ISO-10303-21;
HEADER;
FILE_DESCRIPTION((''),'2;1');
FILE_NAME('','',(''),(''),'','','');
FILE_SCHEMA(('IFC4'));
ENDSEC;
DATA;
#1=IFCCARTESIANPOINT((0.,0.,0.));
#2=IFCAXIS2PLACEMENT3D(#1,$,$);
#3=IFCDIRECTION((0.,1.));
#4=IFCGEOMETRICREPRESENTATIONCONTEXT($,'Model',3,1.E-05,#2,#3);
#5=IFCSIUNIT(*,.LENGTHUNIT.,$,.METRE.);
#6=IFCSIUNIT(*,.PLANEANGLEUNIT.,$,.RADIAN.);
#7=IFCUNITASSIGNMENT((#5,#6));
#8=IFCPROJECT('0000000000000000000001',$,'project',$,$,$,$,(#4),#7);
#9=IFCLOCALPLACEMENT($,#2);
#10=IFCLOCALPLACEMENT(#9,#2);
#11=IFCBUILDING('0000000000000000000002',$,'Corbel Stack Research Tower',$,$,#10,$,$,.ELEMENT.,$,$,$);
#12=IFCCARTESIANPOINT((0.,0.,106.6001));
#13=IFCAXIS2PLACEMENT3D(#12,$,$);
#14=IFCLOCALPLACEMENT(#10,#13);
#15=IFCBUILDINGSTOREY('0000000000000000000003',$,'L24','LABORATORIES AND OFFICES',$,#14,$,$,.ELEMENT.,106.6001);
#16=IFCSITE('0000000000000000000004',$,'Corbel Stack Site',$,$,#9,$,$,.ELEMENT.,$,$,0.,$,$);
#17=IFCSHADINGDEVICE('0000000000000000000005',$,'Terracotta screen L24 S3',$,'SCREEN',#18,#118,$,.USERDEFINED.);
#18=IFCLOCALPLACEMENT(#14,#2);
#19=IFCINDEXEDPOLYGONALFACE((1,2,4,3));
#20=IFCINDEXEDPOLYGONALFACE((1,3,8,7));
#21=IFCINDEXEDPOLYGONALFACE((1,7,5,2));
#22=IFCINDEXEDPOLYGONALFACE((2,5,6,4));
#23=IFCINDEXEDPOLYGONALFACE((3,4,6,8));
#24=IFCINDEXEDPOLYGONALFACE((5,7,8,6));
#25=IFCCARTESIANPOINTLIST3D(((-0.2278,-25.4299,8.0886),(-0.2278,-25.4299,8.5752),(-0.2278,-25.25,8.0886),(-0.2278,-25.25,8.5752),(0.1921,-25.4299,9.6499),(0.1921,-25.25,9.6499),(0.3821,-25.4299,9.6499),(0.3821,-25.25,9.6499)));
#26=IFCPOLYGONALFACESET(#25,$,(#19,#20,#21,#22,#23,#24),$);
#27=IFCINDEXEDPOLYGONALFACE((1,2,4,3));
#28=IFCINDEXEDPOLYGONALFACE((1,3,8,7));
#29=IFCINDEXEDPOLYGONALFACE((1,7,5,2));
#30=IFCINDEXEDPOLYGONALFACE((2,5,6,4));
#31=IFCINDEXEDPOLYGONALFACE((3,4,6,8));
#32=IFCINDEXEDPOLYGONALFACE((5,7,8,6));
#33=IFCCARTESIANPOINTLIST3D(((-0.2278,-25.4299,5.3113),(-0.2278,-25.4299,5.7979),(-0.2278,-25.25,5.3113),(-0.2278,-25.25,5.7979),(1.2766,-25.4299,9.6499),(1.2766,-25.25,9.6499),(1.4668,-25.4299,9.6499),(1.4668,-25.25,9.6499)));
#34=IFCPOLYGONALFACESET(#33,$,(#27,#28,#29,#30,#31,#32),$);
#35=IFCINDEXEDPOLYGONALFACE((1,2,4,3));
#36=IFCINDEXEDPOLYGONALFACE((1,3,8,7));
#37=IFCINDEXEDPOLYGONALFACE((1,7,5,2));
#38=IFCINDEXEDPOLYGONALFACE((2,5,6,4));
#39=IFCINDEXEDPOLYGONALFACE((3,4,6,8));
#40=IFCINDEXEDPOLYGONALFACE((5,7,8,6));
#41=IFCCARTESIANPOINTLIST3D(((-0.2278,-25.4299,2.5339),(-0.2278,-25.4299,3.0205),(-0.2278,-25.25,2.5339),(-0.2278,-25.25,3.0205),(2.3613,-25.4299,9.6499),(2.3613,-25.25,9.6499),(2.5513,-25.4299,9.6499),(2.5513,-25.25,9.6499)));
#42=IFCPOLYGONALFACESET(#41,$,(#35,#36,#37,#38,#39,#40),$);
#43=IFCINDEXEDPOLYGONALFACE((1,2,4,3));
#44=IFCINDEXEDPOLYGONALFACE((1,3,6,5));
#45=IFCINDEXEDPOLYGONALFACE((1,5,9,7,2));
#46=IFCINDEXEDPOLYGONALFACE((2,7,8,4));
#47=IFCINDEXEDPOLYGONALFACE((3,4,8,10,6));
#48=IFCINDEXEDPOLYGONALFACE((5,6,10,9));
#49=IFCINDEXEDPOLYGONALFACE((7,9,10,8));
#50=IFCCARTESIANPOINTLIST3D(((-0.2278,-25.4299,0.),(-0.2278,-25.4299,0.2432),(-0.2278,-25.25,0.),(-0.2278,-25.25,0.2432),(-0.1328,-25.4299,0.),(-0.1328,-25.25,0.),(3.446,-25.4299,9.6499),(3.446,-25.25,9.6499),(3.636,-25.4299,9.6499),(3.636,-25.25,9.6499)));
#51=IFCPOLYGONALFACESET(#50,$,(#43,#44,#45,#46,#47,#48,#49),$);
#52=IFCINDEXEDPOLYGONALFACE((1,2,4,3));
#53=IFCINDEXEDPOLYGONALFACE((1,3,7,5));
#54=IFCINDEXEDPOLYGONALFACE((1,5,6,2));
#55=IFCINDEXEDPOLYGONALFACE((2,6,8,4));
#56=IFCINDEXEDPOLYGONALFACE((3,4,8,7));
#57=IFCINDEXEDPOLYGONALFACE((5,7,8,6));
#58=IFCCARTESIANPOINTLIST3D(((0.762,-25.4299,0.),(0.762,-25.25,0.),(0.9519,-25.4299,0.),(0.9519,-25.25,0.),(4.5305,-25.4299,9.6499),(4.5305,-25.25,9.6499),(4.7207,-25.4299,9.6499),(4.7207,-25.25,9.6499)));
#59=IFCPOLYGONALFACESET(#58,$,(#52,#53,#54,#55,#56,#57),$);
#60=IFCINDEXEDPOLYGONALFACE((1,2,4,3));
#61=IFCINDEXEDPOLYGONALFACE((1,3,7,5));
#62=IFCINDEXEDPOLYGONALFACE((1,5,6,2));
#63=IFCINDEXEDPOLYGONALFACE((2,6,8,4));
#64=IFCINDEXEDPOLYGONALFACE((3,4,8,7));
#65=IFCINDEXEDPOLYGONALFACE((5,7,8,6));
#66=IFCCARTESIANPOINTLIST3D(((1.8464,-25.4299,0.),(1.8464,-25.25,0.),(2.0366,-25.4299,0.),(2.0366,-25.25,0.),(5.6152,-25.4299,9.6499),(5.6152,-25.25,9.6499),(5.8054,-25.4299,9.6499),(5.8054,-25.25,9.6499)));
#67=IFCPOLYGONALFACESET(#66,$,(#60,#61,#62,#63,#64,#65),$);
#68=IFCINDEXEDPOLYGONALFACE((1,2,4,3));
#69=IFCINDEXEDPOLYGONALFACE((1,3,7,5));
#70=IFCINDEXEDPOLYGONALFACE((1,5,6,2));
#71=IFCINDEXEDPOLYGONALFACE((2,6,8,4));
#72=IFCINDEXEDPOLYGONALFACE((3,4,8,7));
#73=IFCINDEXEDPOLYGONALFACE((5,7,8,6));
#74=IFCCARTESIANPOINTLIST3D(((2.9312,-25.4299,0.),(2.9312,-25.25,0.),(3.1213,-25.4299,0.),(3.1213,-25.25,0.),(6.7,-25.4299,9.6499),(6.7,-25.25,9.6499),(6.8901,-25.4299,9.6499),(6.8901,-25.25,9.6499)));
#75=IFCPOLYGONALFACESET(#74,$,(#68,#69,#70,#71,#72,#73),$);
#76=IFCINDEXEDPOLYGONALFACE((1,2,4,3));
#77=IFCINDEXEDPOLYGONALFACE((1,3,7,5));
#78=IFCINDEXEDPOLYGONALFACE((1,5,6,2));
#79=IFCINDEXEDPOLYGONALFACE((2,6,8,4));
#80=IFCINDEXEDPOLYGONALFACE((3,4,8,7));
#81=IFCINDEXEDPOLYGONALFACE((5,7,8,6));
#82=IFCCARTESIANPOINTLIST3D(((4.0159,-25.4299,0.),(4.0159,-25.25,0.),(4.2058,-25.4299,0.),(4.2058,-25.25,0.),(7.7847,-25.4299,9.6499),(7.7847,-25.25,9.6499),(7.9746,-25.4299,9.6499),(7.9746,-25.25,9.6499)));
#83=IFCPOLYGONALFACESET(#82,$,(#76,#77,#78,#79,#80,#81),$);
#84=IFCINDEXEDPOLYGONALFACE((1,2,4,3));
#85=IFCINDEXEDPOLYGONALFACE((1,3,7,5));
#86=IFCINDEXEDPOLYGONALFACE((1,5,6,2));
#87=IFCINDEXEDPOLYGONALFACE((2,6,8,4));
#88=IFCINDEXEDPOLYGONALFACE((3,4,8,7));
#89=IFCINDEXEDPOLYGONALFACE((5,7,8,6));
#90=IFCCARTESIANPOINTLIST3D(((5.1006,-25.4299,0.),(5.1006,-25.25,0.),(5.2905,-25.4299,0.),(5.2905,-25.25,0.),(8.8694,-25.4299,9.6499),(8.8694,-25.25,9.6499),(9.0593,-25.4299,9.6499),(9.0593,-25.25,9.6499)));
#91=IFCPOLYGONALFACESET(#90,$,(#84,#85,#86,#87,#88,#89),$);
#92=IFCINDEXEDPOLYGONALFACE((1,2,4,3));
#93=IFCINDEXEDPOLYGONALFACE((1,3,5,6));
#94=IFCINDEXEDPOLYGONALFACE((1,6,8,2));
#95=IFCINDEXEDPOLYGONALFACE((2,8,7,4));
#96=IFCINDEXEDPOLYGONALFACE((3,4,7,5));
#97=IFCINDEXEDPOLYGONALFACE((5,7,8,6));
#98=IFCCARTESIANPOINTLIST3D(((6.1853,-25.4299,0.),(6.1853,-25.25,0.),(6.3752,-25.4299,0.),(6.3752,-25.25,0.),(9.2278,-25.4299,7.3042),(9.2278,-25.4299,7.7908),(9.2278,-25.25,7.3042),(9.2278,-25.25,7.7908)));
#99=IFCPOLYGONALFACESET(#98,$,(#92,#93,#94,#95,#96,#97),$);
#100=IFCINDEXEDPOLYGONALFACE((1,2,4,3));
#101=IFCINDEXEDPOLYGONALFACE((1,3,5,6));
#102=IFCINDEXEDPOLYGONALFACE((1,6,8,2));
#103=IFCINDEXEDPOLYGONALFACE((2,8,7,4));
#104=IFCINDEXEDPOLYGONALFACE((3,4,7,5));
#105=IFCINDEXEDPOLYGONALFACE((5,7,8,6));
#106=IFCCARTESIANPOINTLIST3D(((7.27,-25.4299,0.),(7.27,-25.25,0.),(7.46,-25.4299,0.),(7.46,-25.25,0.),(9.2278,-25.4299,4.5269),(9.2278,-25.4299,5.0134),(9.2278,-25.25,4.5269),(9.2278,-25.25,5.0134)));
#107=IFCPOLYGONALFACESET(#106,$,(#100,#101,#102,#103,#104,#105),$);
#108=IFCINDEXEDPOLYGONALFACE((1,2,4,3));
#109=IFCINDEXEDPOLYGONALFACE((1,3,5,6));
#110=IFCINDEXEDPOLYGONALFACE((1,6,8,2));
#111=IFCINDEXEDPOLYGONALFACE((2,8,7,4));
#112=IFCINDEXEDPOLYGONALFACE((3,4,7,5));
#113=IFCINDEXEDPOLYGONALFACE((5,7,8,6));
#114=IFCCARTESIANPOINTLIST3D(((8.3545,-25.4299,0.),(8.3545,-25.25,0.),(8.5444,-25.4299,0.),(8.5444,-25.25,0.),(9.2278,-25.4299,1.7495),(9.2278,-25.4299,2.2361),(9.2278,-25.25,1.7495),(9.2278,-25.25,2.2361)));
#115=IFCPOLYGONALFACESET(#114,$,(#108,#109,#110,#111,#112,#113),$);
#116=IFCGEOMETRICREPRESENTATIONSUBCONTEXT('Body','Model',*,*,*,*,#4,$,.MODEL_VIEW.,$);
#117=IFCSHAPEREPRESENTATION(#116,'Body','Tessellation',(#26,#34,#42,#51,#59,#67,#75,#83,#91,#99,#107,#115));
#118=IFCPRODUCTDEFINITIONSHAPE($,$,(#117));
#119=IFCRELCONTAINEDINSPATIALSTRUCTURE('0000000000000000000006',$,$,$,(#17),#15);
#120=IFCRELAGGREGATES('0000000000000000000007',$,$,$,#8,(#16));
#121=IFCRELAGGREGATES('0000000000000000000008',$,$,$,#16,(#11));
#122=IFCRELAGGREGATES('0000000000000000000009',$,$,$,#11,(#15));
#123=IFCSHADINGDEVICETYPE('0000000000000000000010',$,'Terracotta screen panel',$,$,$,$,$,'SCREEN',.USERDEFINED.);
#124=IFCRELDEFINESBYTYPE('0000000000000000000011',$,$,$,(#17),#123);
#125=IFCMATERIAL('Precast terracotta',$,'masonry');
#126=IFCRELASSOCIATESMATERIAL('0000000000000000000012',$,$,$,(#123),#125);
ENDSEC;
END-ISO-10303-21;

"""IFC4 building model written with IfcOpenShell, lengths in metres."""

from ifc_helpers import new_model, si_unit, direction, frame, origin, place, context, subcontext, project, spatial, polyline, outline, extrude, source, transform, mapped, material, type_object, element, save


model = new_model("IFC4")

# Units and contexts
model_context = context("Model", 3, precision=1e-05, world=origin(), true_north=direction((0.0, 1.0)))
body_context = subcontext(model_context, "Body", "Model", "MODEL_VIEW")
ifc_project = project(units=[si_unit("LENGTHUNIT", "METRE"), si_unit("PLANEANGLEUNIT", "RADIAN")], contexts=[model_context])

# Site, building, storey
site_placement = place(None, origin())
site = spatial("IfcSite", under=ifc_project, at=site_placement, Name="Corbel Stack Site", CompositionType="ELEMENT", RefElevation=0.0)
building_placement = place(site_placement, origin())
building = spatial("IfcBuilding", under=site, at=building_placement, Name="Corbel Stack Research Tower", CompositionType="ELEMENT")
storey_placement = place(building_placement, frame((0.0, 0.0, 106.6001)))
storey = spatial("IfcBuildingStorey", under=building, at=storey_placement, Name="L24", Description="LABORATORIES AND OFFICES", CompositionType="ELEMENT", Elevation=106.6001)

# Shading device
ifc_material_1 = material(Name="Precast terracotta", Category="masonry")
shading_device_type = type_object("IfcShadingDeviceType", Name="Terracotta screen panel", ElementType="SCREEN", PredefinedType="USERDEFINED", material=ifc_material_1)
shared_shape = source(origin(), body_context, "Body", "SweptSolid", [
    extrude(outline(polyline([(0.6099, 9.6499), (0.4199, 9.6499), (0.0, 8.5752), (0.0, 8.0886), (0.6099, 9.6499)])), frame((0.0, 0.0, 0.0), z_axis=(0.0, -1.0, 0.0), x_axis=(1.0, 0.0, 0.0)), (0.0, 0.0, 1.0), 0.1799),
    extrude(outline(polyline([(1.6946, 9.6499), (1.5044, 9.6499), (0.0, 5.7979), (0.0, 5.3113), (1.6946, 9.6499)])), frame((0.0, 0.0, 0.0), z_axis=(0.0, -1.0, 0.0), x_axis=(1.0, 0.0, 0.0)), (0.0, 0.0, 1.0), 0.1799),
    extrude(outline(polyline([(2.7791, 9.6499), (2.5891, 9.6499), (0.0, 3.0205), (0.0, 2.5339), (2.7791, 9.6499)])), frame((0.0, 0.0, 0.0), z_axis=(0.0, -1.0, 0.0), x_axis=(1.0, 0.0, 0.0)), (0.0, 0.0, 1.0), 0.1799),
    extrude(outline(polyline([(0.095, 0.0), (3.8638, 9.6499), (3.6738, 9.6499), (0.0, 0.2432), (0.0, 0.0), (0.095, 0.0)])), frame((0.0, 0.0, 0.0), z_axis=(0.0, -1.0, 0.0), x_axis=(1.0, 0.0, 0.0)), (0.0, 0.0, 1.0), 0.1799),
    extrude(outline(polyline([(1.1797, 0.0), (4.9485, 9.6499), (4.7583, 9.6499), (0.9897, 0.0), (1.1797, 0.0)])), frame((0.0, 0.0, 0.0), z_axis=(0.0, -1.0, 0.0), x_axis=(1.0, 0.0, 0.0)), (0.0, 0.0, 1.0), 0.1799),
    extrude(outline(polyline([(2.2644, 0.0), (6.0332, 9.6499), (5.843, 9.6499), (2.0742, 0.0), (2.2644, 0.0)])), frame((0.0, 0.0, 0.0), z_axis=(0.0, -1.0, 0.0), x_axis=(1.0, 0.0, 0.0)), (0.0, 0.0, 1.0), 0.1799),
    extrude(outline(polyline([(3.3491, 0.0), (7.1179, 9.6499), (6.9277, 9.6499), (3.1589, 0.0), (3.3491, 0.0)])), frame((0.0, 0.0, 0.0), z_axis=(0.0, -1.0, 0.0), x_axis=(1.0, 0.0, 0.0)), (0.0, 0.0, 1.0), 0.1799),
    extrude(outline(polyline([(4.4336, 0.0), (8.2024, 9.6499), (8.0125, 9.6499), (4.2437, 0.0), (4.4336, 0.0)])), frame((0.0, 0.0, 0.0), z_axis=(0.0, -1.0, 0.0), x_axis=(1.0, 0.0, 0.0)), (0.0, 0.0, 1.0), 0.1799),
    extrude(outline(polyline([(5.5183, 0.0), (9.2871, 9.6499), (9.0972, 9.6499), (5.3284, 0.0), (5.5183, 0.0)])), frame((0.0, 0.0, 0.0), z_axis=(0.0, -1.0, 0.0), x_axis=(1.0, 0.0, 0.0)), (0.0, 0.0, 1.0), 0.1799),
    extrude(outline(polyline([(6.603, 0.0), (9.4556, 7.3042), (9.4556, 7.7908), (6.4131, 0.0), (6.603, 0.0)])), frame((0.0, 0.0, 0.0), z_axis=(0.0, -1.0, 0.0), x_axis=(1.0, 0.0, 0.0)), (0.0, 0.0, 1.0), 0.1799),
    extrude(outline(polyline([(7.6877, 0.0), (9.4556, 4.5269), (9.4556, 5.0134), (7.4978, 0.0), (7.6877, 0.0)])), frame((0.0, 0.0, 0.0), z_axis=(0.0, -1.0, 0.0), x_axis=(1.0, 0.0, 0.0)), (0.0, 0.0, 1.0), 0.1799),
    extrude(outline(polyline([(8.7722, 0.0), (9.4556, 1.7495), (9.4556, 2.2361), (8.5823, 0.0), (8.7722, 0.0)])), frame((0.0, 0.0, 0.0), z_axis=(0.0, -1.0, 0.0), x_axis=(1.0, 0.0, 0.0)), (0.0, 0.0, 1.0), 0.1799),
])
shading_device_placement = place(storey_placement, frame((-0.2278, -25.25, 0.0), z_axis=(0.0, 0.0, 1.0), x_axis=(1.0, 0.0, 0.0)))
element("IfcShadingDevice", 1, at=shading_device_placement, inside=storey, type_object=shading_device_type, Name="Terracotta screen L24 S3", ObjectType="SCREEN", PredefinedType="USERDEFINED", context=body_context, shape_type="MappedRepresentation", body=[
    mapped(shared_shape, transform((0.0, 0.0, 0.0))),
])

save(model, "model.ifc")
